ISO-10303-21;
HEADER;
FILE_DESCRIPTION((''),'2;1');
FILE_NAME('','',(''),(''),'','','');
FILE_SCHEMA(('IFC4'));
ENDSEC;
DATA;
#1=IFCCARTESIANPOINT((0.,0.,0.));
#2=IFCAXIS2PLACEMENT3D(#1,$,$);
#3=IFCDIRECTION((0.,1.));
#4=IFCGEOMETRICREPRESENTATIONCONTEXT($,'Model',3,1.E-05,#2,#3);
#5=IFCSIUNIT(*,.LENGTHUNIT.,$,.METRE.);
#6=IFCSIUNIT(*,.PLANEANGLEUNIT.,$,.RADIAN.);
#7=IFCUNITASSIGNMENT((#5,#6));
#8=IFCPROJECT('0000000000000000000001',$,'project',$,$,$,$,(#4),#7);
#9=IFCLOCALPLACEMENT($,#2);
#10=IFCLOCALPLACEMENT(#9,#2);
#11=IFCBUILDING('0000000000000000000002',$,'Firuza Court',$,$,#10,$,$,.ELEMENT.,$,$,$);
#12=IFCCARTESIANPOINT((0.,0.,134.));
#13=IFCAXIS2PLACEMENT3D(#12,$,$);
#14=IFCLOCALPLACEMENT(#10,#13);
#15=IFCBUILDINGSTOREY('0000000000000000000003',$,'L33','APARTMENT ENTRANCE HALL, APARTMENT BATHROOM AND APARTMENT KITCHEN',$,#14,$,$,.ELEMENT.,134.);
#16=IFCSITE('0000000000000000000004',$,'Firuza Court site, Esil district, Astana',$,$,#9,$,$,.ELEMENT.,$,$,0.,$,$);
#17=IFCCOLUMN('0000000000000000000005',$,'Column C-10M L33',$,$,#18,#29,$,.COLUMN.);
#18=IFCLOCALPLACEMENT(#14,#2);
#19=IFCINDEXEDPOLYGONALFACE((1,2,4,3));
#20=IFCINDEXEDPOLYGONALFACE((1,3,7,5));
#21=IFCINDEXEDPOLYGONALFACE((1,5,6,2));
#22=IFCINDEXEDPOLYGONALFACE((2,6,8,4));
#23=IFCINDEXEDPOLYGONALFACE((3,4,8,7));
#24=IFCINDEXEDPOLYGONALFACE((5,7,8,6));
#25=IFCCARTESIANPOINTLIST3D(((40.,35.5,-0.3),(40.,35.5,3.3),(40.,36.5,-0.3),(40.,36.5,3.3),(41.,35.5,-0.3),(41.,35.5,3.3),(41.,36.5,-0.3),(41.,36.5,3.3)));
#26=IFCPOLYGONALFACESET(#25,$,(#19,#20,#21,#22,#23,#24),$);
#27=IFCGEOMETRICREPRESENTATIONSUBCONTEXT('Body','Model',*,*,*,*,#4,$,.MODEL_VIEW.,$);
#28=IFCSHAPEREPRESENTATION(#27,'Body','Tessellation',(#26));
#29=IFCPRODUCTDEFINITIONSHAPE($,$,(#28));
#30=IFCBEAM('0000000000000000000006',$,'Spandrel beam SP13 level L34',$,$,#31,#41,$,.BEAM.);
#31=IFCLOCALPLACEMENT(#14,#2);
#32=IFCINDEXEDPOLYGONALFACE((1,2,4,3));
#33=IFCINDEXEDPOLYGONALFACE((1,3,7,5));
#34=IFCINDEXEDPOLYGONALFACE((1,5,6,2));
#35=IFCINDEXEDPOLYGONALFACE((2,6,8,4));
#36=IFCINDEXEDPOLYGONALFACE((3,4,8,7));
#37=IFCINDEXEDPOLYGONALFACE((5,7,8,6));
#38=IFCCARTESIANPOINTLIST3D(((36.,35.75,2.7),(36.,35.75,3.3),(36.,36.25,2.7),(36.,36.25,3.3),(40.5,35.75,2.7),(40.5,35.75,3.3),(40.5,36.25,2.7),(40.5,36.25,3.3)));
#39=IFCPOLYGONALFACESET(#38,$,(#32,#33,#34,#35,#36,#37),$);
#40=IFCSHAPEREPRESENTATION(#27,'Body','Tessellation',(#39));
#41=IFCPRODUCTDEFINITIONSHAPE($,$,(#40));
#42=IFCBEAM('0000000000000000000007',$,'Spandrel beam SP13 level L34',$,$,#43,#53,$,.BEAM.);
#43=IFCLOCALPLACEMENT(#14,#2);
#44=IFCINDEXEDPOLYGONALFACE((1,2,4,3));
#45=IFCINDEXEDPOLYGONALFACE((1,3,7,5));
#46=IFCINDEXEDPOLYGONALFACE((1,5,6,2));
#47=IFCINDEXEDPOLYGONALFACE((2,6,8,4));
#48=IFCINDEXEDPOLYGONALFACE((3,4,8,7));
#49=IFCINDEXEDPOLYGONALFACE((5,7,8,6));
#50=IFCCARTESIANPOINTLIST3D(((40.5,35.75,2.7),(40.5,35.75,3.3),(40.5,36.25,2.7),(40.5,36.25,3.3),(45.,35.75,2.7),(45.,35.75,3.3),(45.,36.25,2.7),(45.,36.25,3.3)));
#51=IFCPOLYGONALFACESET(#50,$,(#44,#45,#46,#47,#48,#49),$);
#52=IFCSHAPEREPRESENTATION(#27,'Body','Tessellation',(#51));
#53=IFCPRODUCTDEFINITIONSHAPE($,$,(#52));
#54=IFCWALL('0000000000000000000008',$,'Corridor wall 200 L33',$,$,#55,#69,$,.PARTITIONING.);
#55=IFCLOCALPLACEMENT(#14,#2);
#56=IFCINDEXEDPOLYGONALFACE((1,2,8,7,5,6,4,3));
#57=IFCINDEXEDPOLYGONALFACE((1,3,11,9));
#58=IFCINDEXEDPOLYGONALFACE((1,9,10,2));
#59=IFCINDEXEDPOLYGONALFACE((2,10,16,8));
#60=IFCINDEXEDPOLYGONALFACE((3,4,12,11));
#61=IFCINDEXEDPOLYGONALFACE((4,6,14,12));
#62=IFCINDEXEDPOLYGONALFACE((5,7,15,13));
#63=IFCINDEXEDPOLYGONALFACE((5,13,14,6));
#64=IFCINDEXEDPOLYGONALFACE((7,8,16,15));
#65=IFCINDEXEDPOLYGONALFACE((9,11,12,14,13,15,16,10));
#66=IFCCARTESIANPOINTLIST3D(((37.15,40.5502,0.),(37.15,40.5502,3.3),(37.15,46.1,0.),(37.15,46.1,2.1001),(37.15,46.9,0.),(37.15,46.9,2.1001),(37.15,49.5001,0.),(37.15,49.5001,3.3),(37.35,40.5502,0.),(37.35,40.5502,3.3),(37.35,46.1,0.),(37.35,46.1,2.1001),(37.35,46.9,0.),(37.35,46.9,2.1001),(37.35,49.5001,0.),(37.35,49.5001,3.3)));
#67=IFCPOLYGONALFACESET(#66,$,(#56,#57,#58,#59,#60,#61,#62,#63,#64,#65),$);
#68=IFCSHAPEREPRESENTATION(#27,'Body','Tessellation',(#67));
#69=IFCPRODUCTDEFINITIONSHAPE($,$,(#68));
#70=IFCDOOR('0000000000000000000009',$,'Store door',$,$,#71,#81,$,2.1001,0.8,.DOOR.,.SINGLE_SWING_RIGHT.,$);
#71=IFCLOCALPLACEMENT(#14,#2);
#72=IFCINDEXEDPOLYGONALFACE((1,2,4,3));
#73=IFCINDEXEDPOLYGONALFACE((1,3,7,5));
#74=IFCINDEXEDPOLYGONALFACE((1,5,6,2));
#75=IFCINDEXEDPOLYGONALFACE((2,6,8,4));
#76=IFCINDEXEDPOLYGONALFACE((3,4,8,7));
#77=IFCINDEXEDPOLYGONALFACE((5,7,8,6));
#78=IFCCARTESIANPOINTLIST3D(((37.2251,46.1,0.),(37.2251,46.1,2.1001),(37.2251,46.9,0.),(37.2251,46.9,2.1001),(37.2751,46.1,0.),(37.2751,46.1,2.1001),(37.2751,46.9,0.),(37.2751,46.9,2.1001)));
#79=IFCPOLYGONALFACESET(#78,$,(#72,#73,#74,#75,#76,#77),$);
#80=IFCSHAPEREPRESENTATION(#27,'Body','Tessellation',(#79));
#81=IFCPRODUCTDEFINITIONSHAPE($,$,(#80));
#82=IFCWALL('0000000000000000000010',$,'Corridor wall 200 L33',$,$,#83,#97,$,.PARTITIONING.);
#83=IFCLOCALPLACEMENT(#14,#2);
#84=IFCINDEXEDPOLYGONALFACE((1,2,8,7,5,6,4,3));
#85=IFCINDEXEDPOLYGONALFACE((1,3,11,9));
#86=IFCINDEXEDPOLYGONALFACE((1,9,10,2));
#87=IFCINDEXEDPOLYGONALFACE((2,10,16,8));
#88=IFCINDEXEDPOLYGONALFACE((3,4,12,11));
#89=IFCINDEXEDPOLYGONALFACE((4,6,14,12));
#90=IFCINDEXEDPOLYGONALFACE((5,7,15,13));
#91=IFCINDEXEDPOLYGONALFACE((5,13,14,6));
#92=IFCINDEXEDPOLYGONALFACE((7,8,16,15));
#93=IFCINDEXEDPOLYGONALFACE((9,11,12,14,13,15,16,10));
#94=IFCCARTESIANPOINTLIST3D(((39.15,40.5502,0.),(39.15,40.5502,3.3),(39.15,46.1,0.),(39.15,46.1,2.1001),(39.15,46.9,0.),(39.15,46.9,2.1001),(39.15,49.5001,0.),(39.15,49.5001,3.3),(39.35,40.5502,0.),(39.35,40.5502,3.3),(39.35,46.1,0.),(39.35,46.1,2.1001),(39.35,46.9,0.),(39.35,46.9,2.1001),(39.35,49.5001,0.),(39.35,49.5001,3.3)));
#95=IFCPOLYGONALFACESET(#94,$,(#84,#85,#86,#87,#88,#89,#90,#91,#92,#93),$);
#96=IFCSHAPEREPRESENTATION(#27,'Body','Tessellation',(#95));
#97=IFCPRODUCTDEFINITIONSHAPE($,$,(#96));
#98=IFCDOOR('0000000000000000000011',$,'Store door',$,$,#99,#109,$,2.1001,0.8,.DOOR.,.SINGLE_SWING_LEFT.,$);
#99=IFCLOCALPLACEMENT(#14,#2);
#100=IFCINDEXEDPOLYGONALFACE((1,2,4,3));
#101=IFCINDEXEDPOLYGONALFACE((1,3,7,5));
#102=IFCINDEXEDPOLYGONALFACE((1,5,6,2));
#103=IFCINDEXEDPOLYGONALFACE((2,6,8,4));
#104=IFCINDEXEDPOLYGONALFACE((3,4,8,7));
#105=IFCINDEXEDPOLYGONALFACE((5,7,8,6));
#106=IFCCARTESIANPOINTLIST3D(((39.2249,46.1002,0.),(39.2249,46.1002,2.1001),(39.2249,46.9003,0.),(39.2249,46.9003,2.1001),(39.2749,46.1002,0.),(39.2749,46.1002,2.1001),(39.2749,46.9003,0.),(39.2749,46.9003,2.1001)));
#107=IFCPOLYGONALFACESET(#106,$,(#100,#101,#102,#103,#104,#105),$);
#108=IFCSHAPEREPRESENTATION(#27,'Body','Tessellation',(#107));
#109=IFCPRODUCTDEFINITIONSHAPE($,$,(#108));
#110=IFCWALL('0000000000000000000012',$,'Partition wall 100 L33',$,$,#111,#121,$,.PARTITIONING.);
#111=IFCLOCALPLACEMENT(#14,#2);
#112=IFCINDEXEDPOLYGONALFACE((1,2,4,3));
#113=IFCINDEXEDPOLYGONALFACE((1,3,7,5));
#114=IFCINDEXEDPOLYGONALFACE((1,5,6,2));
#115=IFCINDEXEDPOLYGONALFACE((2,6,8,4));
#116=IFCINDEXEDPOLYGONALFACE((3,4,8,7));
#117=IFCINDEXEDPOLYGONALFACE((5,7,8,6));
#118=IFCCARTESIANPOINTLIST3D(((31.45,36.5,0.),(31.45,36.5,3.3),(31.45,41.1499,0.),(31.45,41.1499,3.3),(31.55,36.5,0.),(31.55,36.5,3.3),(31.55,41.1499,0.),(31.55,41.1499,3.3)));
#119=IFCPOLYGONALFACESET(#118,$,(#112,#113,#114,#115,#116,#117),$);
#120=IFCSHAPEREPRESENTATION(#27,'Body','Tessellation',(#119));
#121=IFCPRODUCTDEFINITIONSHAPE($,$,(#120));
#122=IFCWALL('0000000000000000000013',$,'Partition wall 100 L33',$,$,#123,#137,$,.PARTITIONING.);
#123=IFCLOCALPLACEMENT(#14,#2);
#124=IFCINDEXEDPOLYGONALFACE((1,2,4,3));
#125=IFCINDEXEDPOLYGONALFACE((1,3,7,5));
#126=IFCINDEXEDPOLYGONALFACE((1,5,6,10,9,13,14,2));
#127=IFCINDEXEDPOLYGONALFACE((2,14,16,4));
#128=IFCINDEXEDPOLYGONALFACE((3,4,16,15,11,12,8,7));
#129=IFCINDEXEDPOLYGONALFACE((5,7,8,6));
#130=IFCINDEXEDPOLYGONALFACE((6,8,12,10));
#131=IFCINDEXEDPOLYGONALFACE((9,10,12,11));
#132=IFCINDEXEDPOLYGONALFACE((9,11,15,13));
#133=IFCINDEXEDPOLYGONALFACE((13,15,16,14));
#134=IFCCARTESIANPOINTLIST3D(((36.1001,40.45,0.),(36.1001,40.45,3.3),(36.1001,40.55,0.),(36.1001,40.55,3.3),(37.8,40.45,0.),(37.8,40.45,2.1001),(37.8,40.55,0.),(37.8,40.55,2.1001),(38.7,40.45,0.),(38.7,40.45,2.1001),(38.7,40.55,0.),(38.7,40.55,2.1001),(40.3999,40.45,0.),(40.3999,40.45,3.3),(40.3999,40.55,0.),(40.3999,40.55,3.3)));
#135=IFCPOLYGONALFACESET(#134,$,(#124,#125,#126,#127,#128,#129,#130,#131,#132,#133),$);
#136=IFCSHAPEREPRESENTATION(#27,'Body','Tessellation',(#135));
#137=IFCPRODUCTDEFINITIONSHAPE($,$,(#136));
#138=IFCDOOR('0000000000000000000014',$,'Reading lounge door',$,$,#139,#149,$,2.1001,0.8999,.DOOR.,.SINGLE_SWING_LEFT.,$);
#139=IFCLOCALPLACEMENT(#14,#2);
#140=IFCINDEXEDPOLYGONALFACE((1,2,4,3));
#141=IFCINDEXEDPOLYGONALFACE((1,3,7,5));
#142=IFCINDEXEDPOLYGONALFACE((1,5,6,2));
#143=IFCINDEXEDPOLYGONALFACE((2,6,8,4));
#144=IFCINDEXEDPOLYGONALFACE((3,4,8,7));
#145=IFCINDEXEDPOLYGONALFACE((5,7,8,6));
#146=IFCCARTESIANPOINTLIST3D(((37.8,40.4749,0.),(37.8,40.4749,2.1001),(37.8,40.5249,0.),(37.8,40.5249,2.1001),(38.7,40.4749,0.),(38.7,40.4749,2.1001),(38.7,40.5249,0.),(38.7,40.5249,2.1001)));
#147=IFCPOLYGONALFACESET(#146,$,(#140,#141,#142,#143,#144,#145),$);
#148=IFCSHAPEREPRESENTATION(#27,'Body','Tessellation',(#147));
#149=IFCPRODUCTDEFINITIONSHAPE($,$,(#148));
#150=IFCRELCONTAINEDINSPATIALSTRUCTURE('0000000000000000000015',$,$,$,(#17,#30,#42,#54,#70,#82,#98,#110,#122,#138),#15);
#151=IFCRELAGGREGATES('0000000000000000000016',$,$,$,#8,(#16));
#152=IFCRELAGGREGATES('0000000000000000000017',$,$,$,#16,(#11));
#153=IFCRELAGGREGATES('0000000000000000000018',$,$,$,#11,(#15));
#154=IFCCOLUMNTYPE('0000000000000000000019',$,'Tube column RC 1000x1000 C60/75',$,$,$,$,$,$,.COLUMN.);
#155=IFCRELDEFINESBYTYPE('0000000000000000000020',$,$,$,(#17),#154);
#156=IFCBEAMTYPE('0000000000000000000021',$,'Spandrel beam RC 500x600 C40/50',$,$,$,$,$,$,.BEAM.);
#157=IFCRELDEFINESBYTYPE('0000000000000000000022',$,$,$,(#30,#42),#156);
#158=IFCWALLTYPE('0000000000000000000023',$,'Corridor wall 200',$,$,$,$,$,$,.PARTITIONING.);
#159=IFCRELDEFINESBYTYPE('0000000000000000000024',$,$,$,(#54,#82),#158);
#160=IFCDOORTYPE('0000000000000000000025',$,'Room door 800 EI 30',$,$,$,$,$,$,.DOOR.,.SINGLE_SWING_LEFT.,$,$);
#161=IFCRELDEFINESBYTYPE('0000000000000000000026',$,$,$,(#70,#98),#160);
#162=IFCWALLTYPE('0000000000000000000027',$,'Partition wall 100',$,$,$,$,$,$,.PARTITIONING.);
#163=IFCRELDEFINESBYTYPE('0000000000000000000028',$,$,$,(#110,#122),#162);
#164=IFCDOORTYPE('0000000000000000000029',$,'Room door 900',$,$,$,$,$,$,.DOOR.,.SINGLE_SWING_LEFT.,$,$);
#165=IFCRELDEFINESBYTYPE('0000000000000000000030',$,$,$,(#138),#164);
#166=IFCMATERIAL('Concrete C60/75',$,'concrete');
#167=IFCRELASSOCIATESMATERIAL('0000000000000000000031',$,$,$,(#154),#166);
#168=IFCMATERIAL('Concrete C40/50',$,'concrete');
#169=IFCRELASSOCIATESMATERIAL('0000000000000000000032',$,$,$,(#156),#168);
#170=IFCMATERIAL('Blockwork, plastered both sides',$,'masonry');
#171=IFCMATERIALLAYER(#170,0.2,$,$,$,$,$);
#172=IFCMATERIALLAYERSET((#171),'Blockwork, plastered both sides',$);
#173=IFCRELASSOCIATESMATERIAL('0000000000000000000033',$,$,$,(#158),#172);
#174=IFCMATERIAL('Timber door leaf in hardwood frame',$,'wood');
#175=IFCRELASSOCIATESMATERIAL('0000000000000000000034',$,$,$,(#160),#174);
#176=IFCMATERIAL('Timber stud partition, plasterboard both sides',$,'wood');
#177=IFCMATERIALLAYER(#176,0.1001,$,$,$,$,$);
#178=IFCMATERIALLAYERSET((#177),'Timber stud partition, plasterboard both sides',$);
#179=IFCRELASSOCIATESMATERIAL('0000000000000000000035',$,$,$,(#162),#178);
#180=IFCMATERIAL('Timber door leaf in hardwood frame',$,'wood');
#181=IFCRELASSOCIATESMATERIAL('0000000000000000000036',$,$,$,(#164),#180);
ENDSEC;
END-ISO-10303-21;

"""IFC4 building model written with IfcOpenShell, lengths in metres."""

from ifc_helpers import new_model, si_unit, direction, frame, frame_2d, origin, origin_2d, place, context, subcontext, project, spatial, rectangle, extrude, material, layer, layer_set, material_profile, profile_set, type_object, element, fill, save


model = new_model("IFC4")

# Units and contexts
model_context = context("Model", 3, precision=1e-05, world=origin(), true_north=direction((0.0, 1.0)))
body_context = subcontext(model_context, "Body", "Model", "MODEL_VIEW")
ifc_project = project(units=[si_unit("LENGTHUNIT", "METRE"), si_unit("PLANEANGLEUNIT", "RADIAN")], contexts=[model_context])

# Site, building, storey
site_placement = place(None, origin())
site = spatial("IfcSite", under=ifc_project, at=site_placement, Name="Firuza Court site, Esil district, Astana", CompositionType="ELEMENT", RefElevation=0.0)
building_placement = place(site_placement, origin())
building = spatial("IfcBuilding", under=site, at=building_placement, Name="Firuza Court", CompositionType="ELEMENT")
storey_placement = place(building_placement, frame((0.0, 0.0, 134.0)))
storey = spatial("IfcBuildingStorey", under=building, at=storey_placement, Name="L33", Description="APARTMENT ENTRANCE HALL, APARTMENT BATHROOM AND APARTMENT KITCHEN", CompositionType="ELEMENT", Elevation=134.0)

# Column
ifc_material_1 = material(Name="Concrete C60/75", Category="concrete")
ifc_material_profile_1 = material_profile(ifc_material_1, rectangle(XDim=1.0, YDim=1.0, at=origin_2d()), Name="RC 1000x1000")
ifc_profile_set_1 = profile_set([ifc_material_profile_1], Name="Concrete C60/75")
column_type = type_object("IfcColumnType", Name="Tube column RC 1000x1000 C60/75", PredefinedType="COLUMN", material=ifc_profile_set_1)
column_placement = place(storey_placement, frame((40.5, 36.0, -0.3), z_axis=(0.0, 0.0, 1.0), x_axis=(1.0, 0.0, 0.0)))
element("IfcColumn", 1, at=column_placement, inside=storey, type_object=column_type, Name="Column C-10M L33", PredefinedType="COLUMN", context=body_context, shape_type="SweptSolid", body=[
    extrude(rectangle(XDim=1.0, YDim=1.0, at=origin_2d()), origin(), (0.0, 0.0, 1.0), 3.6001),
])

# Beams
ifc_material_2 = material(Name="Concrete C40/50", Category="concrete")
ifc_material_profile_2 = material_profile(ifc_material_2, rectangle(XDim=0.5, YDim=0.6001, at=origin_2d()), Name="RC 500x600")
ifc_profile_set_2 = profile_set([ifc_material_profile_2], Name="Concrete C40/50")
beam_type = type_object("IfcBeamType", Name="Spandrel beam RC 500x600 C40/50", PredefinedType="BEAM", material=ifc_profile_set_2)
for number, where, z_axis, x_axis, name in (
    (2, (36.0, 36.0, 3.0), (1.0, 0.0, 0.0), (0.0, 1.0, 0.0), "Spandrel beam SP13 level L34"),
    (3, (40.5, 36.0, 3.0), (1.0, 0.0, 0.0), (0.0, 1.0, 0.0), "Spandrel beam SP13 level L34"),
):
    element("IfcBeam", number, at=place(storey_placement, frame(where, z_axis=z_axis, x_axis=x_axis)), inside=storey, type_object=beam_type, Name=name, PredefinedType="BEAM", context=body_context, shape_type="SweptSolid", body=[
        extrude(rectangle(XDim=0.5, YDim=0.6001, at=origin_2d()), origin(), (0.0, 0.0, 1.0), 4.5),
    ])

# Walls, openings, doors
ifc_material_3 = material(Name="Blockwork, plastered both sides", Category="masonry")
ifc_layer_1 = layer(ifc_material_3, 0.2)
ifc_layer_set_1 = layer_set([ifc_layer_1], Name="Blockwork, plastered both sides")
wall_type_1 = type_object("IfcWallType", Name="Corridor wall 200", PredefinedType="PARTITIONING", material=ifc_layer_set_1)
wall_1_placement = place(storey_placement, frame((37.25, 40.55, 0.0), z_axis=(0.0, 0.0, 1.0), x_axis=(0.0, 1.0, 0.0)))
wall_1 = element("IfcWall", 4, at=wall_1_placement, inside=storey, type_object=wall_type_1, Name="Corridor wall 200 L33", PredefinedType="PARTITIONING", context=body_context, shape_type="SweptSolid", body=[
    extrude(rectangle(XDim=8.95, YDim=0.2, at=frame_2d((4.4751, 0.0))), origin(), (0.0, 0.0, 1.0), 3.3),
])
opening_1_placement = place(wall_1_placement, frame((5.55, 0.0, 0.0)))
opening_1 = element("IfcOpeningElement", 5, at=opening_1_placement, cuts=wall_1, PredefinedType="OPENING", context=body_context, shape_type="SweptSolid", body=[
    extrude(rectangle(XDim=0.8, YDim=2.1001, at=frame_2d((0.3999, 1.05))), frame((0.0, 0.1118, 0.0), z_axis=(0.0, -1.0, 0.0), x_axis=(1.0, 0.0, 0.0)), (0.0, 0.0, 1.0), 0.2239),
])
ifc_material_4 = material(Name="Timber door leaf in hardwood frame", Category="wood")
door_type_1 = type_object("IfcDoorType", Name="Room door 800 EI 30", OperationType="SINGLE_SWING_LEFT", PredefinedType="DOOR", material=ifc_material_4)
door_1_placement = place(opening_1_placement, origin())
door_1 = element("IfcDoor", 6, at=door_1_placement, inside=storey, type_object=door_type_1, Name="Store door", OperationType="SINGLE_SWING_RIGHT", OverallHeight=2.1001, OverallWidth=0.8, PredefinedType="DOOR", context=body_context, shape_type="SweptSolid", body=[
    extrude(rectangle(XDim=0.8, YDim=2.1001, at=frame_2d((0.3999, 1.05))), frame((0.0, 0.0249, 0.0), z_axis=(0.0, -1.0, 0.0), x_axis=(1.0, 0.0, 0.0)), (0.0, 0.0, 1.0), 0.05),
])
fill(opening_1, door_1)
wall_2_placement = place(storey_placement, frame((39.25, 40.55, 0.0), z_axis=(0.0, 0.0, 1.0), x_axis=(0.0, 1.0, 0.0)))
wall_2 = element("IfcWall", 7, at=wall_2_placement, inside=storey, type_object=wall_type_1, Name="Corridor wall 200 L33", PredefinedType="PARTITIONING", context=body_context, shape_type="SweptSolid", body=[
    extrude(rectangle(XDim=8.95, YDim=0.2, at=frame_2d((4.4751, 0.0))), origin(), (0.0, 0.0, 1.0), 3.3),
])
opening_2_placement = place(wall_2_placement, frame((5.55, 0.0, 0.0)))
opening_2 = element("IfcOpeningElement", 8, at=opening_2_placement, cuts=wall_2, PredefinedType="OPENING", context=body_context, shape_type="SweptSolid", body=[
    extrude(rectangle(XDim=0.8, YDim=2.1001, at=frame_2d((0.3999, 1.05))), frame((0.0, 0.1118, 0.0), z_axis=(0.0, -1.0, 0.0), x_axis=(1.0, 0.0, 0.0)), (0.0, 0.0, 1.0), 0.2239),
])
door_2_placement = place(opening_2_placement, frame((0.8, 0.0, 0.0), z_axis=(0.0, 0.0, 1.0), x_axis=(-1.0, 0.0, 0.0)))
door_2 = element("IfcDoor", 9, at=door_2_placement, inside=storey, type_object=door_type_1, Name="Store door", OperationType="SINGLE_SWING_LEFT", OverallHeight=2.1001, OverallWidth=0.8, PredefinedType="DOOR", context=body_context, shape_type="SweptSolid", body=[
    extrude(rectangle(XDim=0.8, YDim=2.1001, at=frame_2d((0.3999, 1.05))), frame((0.0, 0.0249, 0.0), z_axis=(0.0, -1.0, 0.0), x_axis=(1.0, 0.0, 0.0)), (0.0, 0.0, 1.0), 0.05),
])
fill(opening_2, door_2)

# Wall
ifc_material_5 = material(Name="Timber stud partition, plasterboard both sides", Category="wood")
ifc_layer_2 = layer(ifc_material_5, 0.1001)
ifc_layer_set_2 = layer_set([ifc_layer_2], Name="Timber stud partition, plasterboard both sides")
wall_type_2 = type_object("IfcWallType", Name="Partition wall 100", PredefinedType="PARTITIONING", material=ifc_layer_set_2)
wall_3_placement = place(storey_placement, frame((31.5, 36.5, 0.0), z_axis=(0.0, 0.0, 1.0), x_axis=(0.0, 1.0, 0.0)))
element("IfcWall", 10, at=wall_3_placement, inside=storey, type_object=wall_type_2, Name="Partition wall 100 L33", PredefinedType="PARTITIONING", context=body_context, shape_type="SweptSolid", body=[
    extrude(rectangle(XDim=4.6499, YDim=0.1001, at=frame_2d((2.325, 0.0))), origin(), (0.0, 0.0, 1.0), 3.3),
])

# Wall, opening, door
wall_4_placement = place(storey_placement, frame((36.1001, 40.5, 0.0), z_axis=(0.0, 0.0, 1.0), x_axis=(1.0, 0.0, 0.0)))
wall_4 = element("IfcWall", 11, at=wall_4_placement, inside=storey, type_object=wall_type_2, Name="Partition wall 100 L33", PredefinedType="PARTITIONING", context=body_context, shape_type="SweptSolid", body=[
    extrude(rectangle(XDim=4.2998, YDim=0.1001, at=frame_2d((2.1499, 0.0))), origin(), (0.0, 0.0, 1.0), 3.3),
])
opening_3_placement = place(wall_4_placement, frame((1.7, 0.0, 0.0)))
opening_3 = element("IfcOpeningElement", 12, at=opening_3_placement, cuts=wall_4, PredefinedType="OPENING", context=body_context, shape_type="SweptSolid", body=[
    extrude(rectangle(XDim=0.8999, YDim=2.1001, at=frame_2d((0.45, 1.05))), frame((0.0, 0.062, 0.0), z_axis=(0.0, -1.0, 0.0), x_axis=(1.0, 0.0, 0.0)), (0.0, 0.0, 1.0), 0.124),
])
ifc_material_6 = material(Name="Timber door leaf in hardwood frame", Category="wood")
door_type_2 = type_object("IfcDoorType", Name="Room door 900", OperationType="SINGLE_SWING_LEFT", PredefinedType="DOOR", material=ifc_material_6)
door_3_placement = place(opening_3_placement, origin())
door_3 = element("IfcDoor", 13, at=door_3_placement, inside=storey, type_object=door_type_2, Name="Reading lounge door", OperationType="SINGLE_SWING_LEFT", OverallHeight=2.1001, OverallWidth=0.8999, PredefinedType="DOOR", context=body_context, shape_type="SweptSolid", body=[
    extrude(rectangle(XDim=0.8999, YDim=2.1001, at=frame_2d((0.45, 1.05))), frame((0.0, 0.0249, 0.0), z_axis=(0.0, -1.0, 0.0), x_axis=(1.0, 0.0, 0.0)), (0.0, 0.0, 1.0), 0.05),
])
fill(opening_3, door_3)

save(model, "model.ifc")
